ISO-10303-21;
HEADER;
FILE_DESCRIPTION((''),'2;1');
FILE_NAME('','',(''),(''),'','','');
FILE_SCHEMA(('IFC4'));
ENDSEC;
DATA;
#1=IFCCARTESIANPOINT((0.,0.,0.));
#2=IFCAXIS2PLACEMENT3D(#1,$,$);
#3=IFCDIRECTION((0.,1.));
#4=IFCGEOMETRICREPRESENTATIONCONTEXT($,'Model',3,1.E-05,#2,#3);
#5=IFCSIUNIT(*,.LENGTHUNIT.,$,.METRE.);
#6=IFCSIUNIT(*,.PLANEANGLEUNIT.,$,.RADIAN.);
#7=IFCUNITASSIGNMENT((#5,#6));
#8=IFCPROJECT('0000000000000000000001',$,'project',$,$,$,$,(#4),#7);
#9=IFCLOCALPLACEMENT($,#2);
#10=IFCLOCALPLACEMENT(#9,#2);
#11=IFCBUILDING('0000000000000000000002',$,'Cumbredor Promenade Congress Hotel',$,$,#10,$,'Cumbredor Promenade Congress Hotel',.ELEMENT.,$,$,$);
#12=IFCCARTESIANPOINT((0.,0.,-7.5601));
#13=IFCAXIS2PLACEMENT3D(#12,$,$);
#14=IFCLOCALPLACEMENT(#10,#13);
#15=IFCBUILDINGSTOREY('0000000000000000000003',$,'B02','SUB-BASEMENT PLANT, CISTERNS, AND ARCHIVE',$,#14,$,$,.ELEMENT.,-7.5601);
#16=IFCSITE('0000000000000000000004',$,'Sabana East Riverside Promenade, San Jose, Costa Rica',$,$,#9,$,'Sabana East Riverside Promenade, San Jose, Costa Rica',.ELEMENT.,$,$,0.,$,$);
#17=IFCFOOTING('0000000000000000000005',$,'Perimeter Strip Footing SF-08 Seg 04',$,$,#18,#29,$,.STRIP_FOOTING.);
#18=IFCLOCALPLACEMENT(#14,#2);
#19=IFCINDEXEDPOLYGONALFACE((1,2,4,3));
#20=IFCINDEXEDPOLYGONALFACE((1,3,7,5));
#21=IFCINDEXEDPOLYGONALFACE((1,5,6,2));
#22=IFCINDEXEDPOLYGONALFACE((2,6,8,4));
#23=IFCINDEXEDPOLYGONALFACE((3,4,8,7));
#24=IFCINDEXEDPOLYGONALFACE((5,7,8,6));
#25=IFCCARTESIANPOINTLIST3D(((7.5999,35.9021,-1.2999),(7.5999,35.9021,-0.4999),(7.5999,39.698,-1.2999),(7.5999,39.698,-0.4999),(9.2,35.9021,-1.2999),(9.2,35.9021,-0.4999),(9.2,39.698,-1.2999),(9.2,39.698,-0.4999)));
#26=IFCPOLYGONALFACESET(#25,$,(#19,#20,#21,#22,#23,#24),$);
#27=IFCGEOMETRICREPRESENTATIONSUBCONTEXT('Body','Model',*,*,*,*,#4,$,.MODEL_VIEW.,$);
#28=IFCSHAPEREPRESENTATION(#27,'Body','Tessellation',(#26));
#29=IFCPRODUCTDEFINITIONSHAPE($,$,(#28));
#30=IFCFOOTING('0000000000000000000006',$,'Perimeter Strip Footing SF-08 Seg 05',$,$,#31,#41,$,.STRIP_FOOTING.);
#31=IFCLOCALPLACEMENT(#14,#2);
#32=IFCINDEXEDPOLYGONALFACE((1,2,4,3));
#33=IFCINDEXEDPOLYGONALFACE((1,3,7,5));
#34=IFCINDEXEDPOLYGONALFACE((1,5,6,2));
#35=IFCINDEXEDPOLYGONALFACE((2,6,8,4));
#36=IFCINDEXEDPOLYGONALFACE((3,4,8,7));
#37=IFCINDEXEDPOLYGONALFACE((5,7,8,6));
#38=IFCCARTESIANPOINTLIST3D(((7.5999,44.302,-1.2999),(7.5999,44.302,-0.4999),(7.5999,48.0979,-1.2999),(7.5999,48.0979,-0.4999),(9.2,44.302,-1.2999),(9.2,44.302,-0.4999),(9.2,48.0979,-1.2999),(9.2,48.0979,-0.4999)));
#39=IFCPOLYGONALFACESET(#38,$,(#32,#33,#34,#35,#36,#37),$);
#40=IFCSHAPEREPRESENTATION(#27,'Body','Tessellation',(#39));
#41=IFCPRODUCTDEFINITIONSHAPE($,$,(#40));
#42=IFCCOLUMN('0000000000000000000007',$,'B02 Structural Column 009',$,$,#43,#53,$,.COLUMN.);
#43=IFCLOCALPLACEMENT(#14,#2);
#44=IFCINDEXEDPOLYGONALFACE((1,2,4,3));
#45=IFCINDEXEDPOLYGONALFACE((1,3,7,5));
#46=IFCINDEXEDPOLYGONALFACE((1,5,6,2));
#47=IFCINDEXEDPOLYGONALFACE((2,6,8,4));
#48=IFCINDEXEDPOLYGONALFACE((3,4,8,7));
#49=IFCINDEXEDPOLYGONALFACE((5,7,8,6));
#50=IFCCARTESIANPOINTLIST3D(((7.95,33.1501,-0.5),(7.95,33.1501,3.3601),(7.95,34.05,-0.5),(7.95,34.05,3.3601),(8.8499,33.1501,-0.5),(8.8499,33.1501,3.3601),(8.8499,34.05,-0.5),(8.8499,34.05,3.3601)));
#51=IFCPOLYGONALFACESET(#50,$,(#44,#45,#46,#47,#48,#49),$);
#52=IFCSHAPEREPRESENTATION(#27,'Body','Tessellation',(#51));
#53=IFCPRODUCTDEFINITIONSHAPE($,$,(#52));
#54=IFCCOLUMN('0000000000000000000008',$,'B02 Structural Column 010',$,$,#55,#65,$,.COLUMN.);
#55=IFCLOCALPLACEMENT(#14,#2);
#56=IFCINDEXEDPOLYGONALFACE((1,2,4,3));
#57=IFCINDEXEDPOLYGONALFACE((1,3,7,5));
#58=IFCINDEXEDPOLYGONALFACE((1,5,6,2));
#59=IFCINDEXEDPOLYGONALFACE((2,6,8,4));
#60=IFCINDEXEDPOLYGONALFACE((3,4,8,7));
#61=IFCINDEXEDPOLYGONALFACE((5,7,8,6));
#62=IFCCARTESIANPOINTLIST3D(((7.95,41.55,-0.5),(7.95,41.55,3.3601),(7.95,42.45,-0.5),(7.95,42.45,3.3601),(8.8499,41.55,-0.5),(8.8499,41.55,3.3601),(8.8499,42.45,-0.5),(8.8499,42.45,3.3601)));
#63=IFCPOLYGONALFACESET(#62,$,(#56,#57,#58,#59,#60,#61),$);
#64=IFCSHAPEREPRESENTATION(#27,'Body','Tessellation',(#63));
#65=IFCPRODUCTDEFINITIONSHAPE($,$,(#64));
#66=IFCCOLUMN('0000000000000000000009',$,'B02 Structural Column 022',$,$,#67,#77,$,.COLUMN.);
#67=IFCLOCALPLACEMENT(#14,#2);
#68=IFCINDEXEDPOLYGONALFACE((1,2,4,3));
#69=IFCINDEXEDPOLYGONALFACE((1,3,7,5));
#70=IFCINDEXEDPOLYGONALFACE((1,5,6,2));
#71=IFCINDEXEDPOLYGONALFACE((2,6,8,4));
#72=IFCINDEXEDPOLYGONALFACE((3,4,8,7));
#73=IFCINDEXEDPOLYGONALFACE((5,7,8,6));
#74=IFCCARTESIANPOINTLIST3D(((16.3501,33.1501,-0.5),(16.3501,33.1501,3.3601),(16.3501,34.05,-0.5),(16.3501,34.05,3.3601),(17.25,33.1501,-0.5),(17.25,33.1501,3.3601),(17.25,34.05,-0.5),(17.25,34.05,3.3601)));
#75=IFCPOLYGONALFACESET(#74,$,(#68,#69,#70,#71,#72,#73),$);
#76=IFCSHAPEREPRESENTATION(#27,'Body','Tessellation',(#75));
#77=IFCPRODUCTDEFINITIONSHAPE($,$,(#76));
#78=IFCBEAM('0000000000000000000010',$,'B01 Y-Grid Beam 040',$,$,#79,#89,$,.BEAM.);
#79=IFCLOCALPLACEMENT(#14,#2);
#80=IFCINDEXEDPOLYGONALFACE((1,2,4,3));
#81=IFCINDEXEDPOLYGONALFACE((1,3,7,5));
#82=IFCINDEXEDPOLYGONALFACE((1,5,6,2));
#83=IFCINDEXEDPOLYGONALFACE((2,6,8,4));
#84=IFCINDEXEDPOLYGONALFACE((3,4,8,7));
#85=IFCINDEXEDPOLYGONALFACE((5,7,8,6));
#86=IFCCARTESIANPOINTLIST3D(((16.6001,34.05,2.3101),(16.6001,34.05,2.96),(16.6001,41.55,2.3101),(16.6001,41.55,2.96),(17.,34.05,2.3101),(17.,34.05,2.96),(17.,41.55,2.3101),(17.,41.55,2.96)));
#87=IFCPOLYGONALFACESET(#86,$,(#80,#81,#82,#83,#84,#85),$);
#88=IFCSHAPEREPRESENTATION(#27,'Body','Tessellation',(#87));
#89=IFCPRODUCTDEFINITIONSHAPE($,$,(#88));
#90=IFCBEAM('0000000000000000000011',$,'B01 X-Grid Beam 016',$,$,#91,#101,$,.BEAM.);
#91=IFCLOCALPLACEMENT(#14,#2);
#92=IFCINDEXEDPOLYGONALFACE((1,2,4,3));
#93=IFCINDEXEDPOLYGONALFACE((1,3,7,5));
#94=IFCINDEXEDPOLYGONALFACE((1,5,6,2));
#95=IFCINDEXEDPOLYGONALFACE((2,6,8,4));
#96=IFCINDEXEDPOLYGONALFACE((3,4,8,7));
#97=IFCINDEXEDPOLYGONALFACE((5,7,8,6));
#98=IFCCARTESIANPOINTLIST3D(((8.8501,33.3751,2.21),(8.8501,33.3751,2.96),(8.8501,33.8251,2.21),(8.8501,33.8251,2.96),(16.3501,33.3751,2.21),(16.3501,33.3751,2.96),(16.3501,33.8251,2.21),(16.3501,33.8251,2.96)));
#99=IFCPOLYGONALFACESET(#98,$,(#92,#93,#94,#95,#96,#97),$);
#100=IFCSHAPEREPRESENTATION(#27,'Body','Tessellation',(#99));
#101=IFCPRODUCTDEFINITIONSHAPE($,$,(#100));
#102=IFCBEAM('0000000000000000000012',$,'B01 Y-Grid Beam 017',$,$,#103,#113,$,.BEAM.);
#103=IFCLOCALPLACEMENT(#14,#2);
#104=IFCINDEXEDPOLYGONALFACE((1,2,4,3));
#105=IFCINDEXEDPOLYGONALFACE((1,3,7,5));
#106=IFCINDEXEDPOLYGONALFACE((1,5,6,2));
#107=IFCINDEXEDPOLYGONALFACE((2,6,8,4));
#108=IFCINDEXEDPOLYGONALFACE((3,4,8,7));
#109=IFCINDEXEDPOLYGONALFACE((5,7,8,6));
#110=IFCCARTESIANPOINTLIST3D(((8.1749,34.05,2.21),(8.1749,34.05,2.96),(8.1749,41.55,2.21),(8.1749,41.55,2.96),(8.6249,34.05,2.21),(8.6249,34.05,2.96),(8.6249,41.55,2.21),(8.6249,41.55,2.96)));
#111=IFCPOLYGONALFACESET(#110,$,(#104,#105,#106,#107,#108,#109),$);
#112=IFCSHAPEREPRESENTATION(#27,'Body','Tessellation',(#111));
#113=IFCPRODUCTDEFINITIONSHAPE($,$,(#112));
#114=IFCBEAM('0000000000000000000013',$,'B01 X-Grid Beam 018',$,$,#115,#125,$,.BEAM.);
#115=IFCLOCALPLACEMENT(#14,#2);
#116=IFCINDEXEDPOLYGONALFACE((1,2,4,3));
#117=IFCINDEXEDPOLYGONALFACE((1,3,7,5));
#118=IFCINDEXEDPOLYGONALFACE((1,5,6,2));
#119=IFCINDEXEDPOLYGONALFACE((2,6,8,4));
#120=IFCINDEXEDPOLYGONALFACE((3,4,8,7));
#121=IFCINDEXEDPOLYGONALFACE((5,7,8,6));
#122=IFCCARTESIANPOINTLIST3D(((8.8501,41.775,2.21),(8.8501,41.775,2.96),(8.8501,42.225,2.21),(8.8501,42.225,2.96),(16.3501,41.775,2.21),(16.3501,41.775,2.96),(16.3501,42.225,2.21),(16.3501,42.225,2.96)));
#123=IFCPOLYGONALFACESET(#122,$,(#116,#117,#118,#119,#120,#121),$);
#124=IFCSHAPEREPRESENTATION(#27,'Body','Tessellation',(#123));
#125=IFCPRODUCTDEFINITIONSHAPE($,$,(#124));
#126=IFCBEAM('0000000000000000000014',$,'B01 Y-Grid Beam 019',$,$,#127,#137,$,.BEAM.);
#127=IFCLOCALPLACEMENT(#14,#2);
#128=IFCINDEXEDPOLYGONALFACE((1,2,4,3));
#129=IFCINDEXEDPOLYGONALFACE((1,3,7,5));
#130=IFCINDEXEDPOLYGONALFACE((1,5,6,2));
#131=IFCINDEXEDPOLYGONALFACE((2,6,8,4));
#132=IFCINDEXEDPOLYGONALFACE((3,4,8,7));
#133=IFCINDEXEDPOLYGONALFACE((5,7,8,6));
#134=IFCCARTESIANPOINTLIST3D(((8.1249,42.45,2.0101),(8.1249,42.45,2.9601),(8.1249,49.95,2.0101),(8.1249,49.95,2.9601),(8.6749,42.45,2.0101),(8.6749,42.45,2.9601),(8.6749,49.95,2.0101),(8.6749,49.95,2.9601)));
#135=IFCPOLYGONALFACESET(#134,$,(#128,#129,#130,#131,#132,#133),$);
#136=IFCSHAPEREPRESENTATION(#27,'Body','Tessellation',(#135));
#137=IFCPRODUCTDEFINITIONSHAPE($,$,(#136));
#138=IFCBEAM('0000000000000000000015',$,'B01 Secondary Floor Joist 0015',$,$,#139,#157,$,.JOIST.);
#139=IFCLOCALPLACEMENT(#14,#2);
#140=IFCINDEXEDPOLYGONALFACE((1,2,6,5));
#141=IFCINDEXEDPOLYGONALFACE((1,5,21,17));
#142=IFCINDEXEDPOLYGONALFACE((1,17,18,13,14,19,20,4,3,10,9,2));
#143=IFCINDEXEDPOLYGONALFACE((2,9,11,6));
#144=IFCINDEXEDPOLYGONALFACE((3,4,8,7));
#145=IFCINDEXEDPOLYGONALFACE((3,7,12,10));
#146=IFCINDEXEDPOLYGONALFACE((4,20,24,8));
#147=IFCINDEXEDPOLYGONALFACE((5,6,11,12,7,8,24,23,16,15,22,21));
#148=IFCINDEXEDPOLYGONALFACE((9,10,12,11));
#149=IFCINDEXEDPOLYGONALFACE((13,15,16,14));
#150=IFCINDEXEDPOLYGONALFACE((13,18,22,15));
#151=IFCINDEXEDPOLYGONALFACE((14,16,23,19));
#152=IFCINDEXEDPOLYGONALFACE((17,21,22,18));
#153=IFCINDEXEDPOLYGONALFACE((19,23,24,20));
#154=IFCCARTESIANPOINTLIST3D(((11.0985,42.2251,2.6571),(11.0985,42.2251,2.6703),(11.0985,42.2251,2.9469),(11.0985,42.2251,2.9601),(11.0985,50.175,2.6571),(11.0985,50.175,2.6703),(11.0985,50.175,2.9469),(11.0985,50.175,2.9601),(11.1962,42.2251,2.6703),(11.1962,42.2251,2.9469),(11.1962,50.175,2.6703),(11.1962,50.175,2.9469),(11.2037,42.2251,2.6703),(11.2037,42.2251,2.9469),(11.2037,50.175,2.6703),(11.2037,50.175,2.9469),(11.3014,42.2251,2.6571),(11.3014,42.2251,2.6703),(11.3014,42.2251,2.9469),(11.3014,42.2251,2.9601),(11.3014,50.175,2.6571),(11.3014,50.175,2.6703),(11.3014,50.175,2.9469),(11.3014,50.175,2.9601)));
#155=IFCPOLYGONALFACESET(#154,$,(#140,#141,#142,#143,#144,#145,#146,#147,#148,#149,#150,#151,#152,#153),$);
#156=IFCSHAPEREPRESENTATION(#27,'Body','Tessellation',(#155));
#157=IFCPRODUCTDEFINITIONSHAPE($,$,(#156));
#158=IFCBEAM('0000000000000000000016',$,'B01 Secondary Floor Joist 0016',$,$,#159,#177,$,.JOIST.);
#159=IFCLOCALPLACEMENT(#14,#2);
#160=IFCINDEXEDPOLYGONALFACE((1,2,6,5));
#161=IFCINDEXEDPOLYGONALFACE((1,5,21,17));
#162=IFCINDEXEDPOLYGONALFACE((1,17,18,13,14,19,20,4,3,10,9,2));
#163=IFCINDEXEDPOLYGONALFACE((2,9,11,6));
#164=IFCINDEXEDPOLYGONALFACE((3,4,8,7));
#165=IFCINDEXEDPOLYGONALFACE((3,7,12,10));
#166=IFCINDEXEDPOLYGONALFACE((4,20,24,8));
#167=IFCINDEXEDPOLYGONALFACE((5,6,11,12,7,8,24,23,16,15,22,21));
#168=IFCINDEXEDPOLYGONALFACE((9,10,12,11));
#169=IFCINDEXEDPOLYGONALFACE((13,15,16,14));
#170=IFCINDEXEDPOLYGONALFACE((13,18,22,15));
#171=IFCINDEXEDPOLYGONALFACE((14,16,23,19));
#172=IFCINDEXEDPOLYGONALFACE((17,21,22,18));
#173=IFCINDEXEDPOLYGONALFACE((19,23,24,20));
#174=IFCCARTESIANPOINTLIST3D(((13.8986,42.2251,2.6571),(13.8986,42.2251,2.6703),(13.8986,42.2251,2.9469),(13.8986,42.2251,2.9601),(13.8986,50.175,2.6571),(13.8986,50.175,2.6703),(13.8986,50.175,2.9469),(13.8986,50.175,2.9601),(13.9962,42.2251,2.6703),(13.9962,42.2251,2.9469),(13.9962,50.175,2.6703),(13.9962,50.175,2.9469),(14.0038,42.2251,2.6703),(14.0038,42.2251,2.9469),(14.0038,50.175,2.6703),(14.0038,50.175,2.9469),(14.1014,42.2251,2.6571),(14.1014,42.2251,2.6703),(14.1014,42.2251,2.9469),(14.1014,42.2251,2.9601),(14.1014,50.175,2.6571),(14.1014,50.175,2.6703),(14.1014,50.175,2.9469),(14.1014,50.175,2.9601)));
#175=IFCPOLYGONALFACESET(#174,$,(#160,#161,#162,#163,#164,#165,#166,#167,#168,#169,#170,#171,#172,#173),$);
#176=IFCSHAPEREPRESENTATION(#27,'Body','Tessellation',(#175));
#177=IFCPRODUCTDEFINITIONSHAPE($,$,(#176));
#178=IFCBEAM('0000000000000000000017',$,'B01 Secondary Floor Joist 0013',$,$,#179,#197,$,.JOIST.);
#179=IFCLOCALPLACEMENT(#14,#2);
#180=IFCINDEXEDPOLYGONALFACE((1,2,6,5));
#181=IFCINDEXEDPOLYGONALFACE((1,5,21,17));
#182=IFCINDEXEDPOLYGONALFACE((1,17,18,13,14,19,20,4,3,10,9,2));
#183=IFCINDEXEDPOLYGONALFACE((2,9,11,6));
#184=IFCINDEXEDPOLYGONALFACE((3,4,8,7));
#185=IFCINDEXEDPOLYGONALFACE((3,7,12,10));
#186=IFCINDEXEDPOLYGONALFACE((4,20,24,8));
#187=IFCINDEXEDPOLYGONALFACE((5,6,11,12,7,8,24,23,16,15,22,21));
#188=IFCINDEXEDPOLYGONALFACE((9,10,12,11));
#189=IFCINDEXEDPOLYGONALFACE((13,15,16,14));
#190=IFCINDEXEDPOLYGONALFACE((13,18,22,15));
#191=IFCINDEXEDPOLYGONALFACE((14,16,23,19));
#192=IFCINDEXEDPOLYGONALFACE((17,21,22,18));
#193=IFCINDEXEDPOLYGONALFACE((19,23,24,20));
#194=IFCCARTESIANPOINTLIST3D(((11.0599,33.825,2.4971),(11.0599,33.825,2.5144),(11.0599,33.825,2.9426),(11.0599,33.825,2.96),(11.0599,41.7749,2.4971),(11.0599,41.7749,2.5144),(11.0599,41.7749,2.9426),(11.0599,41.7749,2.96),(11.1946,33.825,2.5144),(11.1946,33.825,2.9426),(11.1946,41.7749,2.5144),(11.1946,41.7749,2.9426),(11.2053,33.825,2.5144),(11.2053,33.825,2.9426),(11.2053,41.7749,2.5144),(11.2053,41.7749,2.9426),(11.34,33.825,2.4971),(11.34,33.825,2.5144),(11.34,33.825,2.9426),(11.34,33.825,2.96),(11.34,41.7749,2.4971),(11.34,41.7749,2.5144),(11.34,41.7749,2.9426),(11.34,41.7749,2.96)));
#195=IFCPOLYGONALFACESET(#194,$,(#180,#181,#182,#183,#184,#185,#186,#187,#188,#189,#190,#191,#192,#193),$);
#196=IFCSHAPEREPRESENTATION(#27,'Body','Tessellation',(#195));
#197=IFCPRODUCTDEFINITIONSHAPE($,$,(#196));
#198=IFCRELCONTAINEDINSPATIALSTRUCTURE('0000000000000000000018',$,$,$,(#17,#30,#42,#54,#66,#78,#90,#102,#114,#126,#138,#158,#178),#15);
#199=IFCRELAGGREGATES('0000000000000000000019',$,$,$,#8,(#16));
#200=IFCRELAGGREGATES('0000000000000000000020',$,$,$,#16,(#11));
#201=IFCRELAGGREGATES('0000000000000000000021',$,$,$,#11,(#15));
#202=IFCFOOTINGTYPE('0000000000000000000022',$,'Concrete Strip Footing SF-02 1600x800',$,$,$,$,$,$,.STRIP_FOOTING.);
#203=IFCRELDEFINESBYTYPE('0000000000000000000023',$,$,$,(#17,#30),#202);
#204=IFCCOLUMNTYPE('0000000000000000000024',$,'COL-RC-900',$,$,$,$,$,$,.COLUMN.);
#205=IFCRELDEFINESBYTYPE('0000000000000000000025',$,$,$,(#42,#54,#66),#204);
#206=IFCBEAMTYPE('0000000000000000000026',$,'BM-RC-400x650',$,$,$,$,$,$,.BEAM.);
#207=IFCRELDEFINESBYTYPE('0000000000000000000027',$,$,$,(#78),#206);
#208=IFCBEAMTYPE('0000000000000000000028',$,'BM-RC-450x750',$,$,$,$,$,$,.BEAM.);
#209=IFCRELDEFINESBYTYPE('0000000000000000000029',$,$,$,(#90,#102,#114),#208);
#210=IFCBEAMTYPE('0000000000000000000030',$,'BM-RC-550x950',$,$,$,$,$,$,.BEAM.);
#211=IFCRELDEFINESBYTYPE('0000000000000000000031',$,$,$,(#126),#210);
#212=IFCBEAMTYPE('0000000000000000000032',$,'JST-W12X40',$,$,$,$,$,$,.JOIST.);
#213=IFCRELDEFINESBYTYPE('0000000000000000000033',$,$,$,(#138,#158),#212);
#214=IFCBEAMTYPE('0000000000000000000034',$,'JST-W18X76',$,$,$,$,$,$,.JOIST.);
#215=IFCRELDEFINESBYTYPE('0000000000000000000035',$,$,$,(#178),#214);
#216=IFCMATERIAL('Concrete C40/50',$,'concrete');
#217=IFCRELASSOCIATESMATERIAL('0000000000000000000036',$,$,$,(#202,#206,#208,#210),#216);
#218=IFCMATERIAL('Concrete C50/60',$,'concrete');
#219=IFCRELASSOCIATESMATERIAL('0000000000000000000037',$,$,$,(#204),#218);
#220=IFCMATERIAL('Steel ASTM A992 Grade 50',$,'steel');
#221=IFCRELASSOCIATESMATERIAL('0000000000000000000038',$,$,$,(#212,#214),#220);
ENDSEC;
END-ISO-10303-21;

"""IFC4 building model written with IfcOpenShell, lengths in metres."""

from ifc_helpers import new_model, si_unit, direction, frame, origin, origin_2d, place, context, subcontext, project, spatial, rectangle, i_section, extrude, material, material_profile, profile_set, type_object, element, save


model = new_model("IFC4")

# Units and contexts
model_context = context("Model", 3, precision=1e-05, world=origin(), true_north=direction((0.0, 1.0)))
body_context = subcontext(model_context, "Body", "Model", "MODEL_VIEW")
ifc_project = project(units=[si_unit("LENGTHUNIT", "METRE"), si_unit("PLANEANGLEUNIT", "RADIAN")], contexts=[model_context])

# Site, building, storey
site_placement = place(None, origin())
site = spatial("IfcSite", under=ifc_project, at=site_placement, Name="Sabana East Riverside Promenade, San Jose, Costa Rica", LongName="Sabana East Riverside Promenade, San Jose, Costa Rica", CompositionType="ELEMENT", RefElevation=0.0)
building_placement = place(site_placement, origin())
building = spatial("IfcBuilding", under=site, at=building_placement, Name="Cumbredor Promenade Congress Hotel", LongName="Cumbredor Promenade Congress Hotel", CompositionType="ELEMENT")
storey_placement = place(building_placement, frame((0.0, 0.0, -7.5601)))
storey = spatial("IfcBuildingStorey", under=building, at=storey_placement, Name="B02", Description="SUB-BASEMENT PLANT, CISTERNS, AND ARCHIVE", CompositionType="ELEMENT", Elevation=-7.5601)

# Shared definitions
ifc_material_1 = material(Name="Concrete C40/50", Category="concrete")

# Footings
ifc_material_profile_1 = material_profile(ifc_material_1, rectangle(XDim=1.6001, YDim=0.8, at=origin_2d()), Name="SF 1600x800")
ifc_profile_set_1 = profile_set([ifc_material_profile_1], Name="Concrete C40/50")
footing_type_1 = type_object("IfcFootingType", Name="Concrete Strip Footing SF-02 1600x800", PredefinedType="STRIP_FOOTING", material=ifc_profile_set_1)
for number, where, z_axis, x_axis, name in (
    (1, (8.3999, 35.9021, -0.8999), (0.0, 1.0, 0.0), (-1.0, 0.0, 0.0), "Perimeter Strip Footing SF-08 Seg 04"),
    (2, (8.3999, 44.302, -0.8999), (0.0, 1.0, 0.0), (-1.0, 0.0, 0.0), "Perimeter Strip Footing SF-08 Seg 05"),
):
    element("IfcFooting", number, at=place(storey_placement, frame(where, z_axis=z_axis, x_axis=x_axis)), inside=storey, type_object=footing_type_1, Name=name, PredefinedType="STRIP_FOOTING", context=body_context, shape_type="SweptSolid", body=[
        extrude(rectangle(XDim=1.6001, YDim=0.8, at=origin_2d()), origin(), (0.0, 0.0, 1.0), 3.7959),
    ])

# Columns
ifc_material_2 = material(Name="Concrete C50/60", Category="concrete")
ifc_material_profile_2 = material_profile(ifc_material_2, rectangle(XDim=0.8999, YDim=0.8999, at=origin_2d()), Name="RC 900x900")
ifc_profile_set_2 = profile_set([ifc_material_profile_2], Name="Concrete C50/60")
column_type = type_object("IfcColumnType", Name="COL-RC-900", PredefinedType="COLUMN", material=ifc_profile_set_2)
for number, where, z_axis, x_axis, name in (
    (3, (8.3999, 33.6001, -0.5), (0.0, 0.0, 1.0), (1.0, 0.0, 0.0), "B02 Structural Column 009"),
    (4, (8.3999, 42.0, -0.5), (0.0, 0.0, 1.0), (1.0, 0.0, 0.0), "B02 Structural Column 010"),
    (5, (16.8, 33.6001, -0.5), (0.0, 0.0, 1.0), (1.0, 0.0, 0.0), "B02 Structural Column 022"),
):
    element("IfcColumn", number, at=place(storey_placement, frame(where, z_axis=z_axis, x_axis=x_axis)), inside=storey, type_object=column_type, Name=name, PredefinedType="COLUMN", context=body_context, shape_type="SweptSolid", body=[
        extrude(rectangle(XDim=0.8999, YDim=0.8999, at=origin_2d()), origin(), (0.0, 0.0, 1.0), 3.8601),
    ])

# Beams
ifc_material_profile_3 = material_profile(ifc_material_1, rectangle(XDim=0.3999, YDim=0.6499, at=origin_2d()), Name="RC BEAM 400x650")
ifc_profile_set_3 = profile_set([ifc_material_profile_3], Name="Concrete C40/50")
beam_type_1 = type_object("IfcBeamType", Name="BM-RC-400x650", PredefinedType="BEAM", material=ifc_profile_set_3)
beam_1_placement = place(storey_placement, frame((16.8, 34.05, 2.635), z_axis=(0.0, 1.0, 0.0), x_axis=(-1.0, 0.0, 0.0)))
element("IfcBeam", 6, at=beam_1_placement, inside=storey, type_object=beam_type_1, Name="B01 Y-Grid Beam 040", PredefinedType="BEAM", context=body_context, shape_type="SweptSolid", body=[
    extrude(rectangle(XDim=0.3999, YDim=0.6499, at=origin_2d()), origin(), (0.0, 0.0, 1.0), 7.5),
])
ifc_material_profile_4 = material_profile(ifc_material_1, rectangle(XDim=0.45, YDim=0.75, at=origin_2d()), Name="RC BEAM 450x750")
ifc_profile_set_4 = profile_set([ifc_material_profile_4], Name="Concrete C40/50")
beam_type_2 = type_object("IfcBeamType", Name="BM-RC-450x750", PredefinedType="BEAM", material=ifc_profile_set_4)
for number, where, z_axis, x_axis, name in (
    (7, (8.8501, 33.6001, 2.585), (1.0, 0.0, 0.0), (0.0, 1.0, 0.0), "B01 X-Grid Beam 016"),
    (8, (8.3999, 34.05, 2.585), (0.0, 1.0, 0.0), (-1.0, 0.0, 0.0), "B01 Y-Grid Beam 017"),
    (9, (8.8501, 42.0, 2.585), (1.0, 0.0, 0.0), (0.0, 1.0, 0.0), "B01 X-Grid Beam 018"),
):
    element("IfcBeam", number, at=place(storey_placement, frame(where, z_axis=z_axis, x_axis=x_axis)), inside=storey, type_object=beam_type_2, Name=name, PredefinedType="BEAM", context=body_context, shape_type="SweptSolid", body=[
        extrude(rectangle(XDim=0.45, YDim=0.75, at=origin_2d()), origin(), (0.0, 0.0, 1.0), 7.5),
    ])
ifc_material_profile_5 = material_profile(ifc_material_1, rectangle(XDim=0.55, YDim=0.95, at=origin_2d()), Name="RC BEAM 550x950")
ifc_profile_set_5 = profile_set([ifc_material_profile_5], Name="Concrete C40/50")
beam_type_3 = type_object("IfcBeamType", Name="BM-RC-550x950", PredefinedType="BEAM", material=ifc_profile_set_5)
beam_2_placement = place(storey_placement, frame((8.3999, 42.45, 2.4851), z_axis=(0.0, 1.0, 0.0), x_axis=(-1.0, 0.0, 0.0)))
element("IfcBeam", 10, at=beam_2_placement, inside=storey, type_object=beam_type_3, Name="B01 Y-Grid Beam 019", PredefinedType="BEAM", context=body_context, shape_type="SweptSolid", body=[
    extrude(rectangle(XDim=0.55, YDim=0.95, at=origin_2d()), origin(), (0.0, 0.0, 1.0), 7.5),
])
ifc_material_3 = material(Name="Steel ASTM A992 Grade 50", Category="steel")
ifc_material_profile_6 = material_profile(ifc_material_3, i_section(OverallWidth=0.2029, OverallDepth=0.303, WebThickness=0.0076, FlangeThickness=0.0132, at=origin_2d()), Name="W12X40")
ifc_profile_set_6 = profile_set([ifc_material_profile_6], Name="Steel ASTM A992 Grade 50")
beam_type_4 = type_object("IfcBeamType", Name="JST-W12X40", PredefinedType="JOIST", material=ifc_profile_set_6)
for number, where, z_axis, x_axis, name in (
    (11, (11.2, 42.2251, 2.8086), (0.0, 1.0, 0.0), (-1.0, 0.0, 0.0), "B01 Secondary Floor Joist 0015"),
    (12, (14.0, 42.2251, 2.8086), (0.0, 1.0, 0.0), (-1.0, 0.0, 0.0), "B01 Secondary Floor Joist 0016"),
):
    element("IfcBeam", number, at=place(storey_placement, frame(where, z_axis=z_axis, x_axis=x_axis)), inside=storey, type_object=beam_type_4, Name=name, PredefinedType="JOIST", context=body_context, shape_type="SweptSolid", body=[
        extrude(i_section(OverallWidth=0.2029, OverallDepth=0.303, WebThickness=0.0076, FlangeThickness=0.0132, at=origin_2d()), origin(), (0.0, 0.0, 1.0), 7.95),
    ])
ifc_material_profile_7 = material_profile(ifc_material_3, i_section(OverallWidth=0.28, OverallDepth=0.4629, WebThickness=0.0107, FlangeThickness=0.0173, at=origin_2d()), Name="W18X76")
ifc_profile_set_7 = profile_set([ifc_material_profile_7], Name="Steel ASTM A992 Grade 50")
beam_type_5 = type_object("IfcBeamType", Name="JST-W18X76", PredefinedType="JOIST", material=ifc_profile_set_7)
for number, where, z_axis, x_axis, name in (
    (13, (11.2, 33.825, 2.7285), (0.0, 1.0, 0.0), (-1.0, 0.0, 0.0), "B01 Secondary Floor Joist 0013"),
):
    element("IfcBeam", number, at=place(storey_placement, frame(where, z_axis=z_axis, x_axis=x_axis)), inside=storey, type_object=beam_type_5, Name=name, PredefinedType="JOIST", context=body_context, shape_type="SweptSolid", body=[
        extrude(i_section(OverallWidth=0.28, OverallDepth=0.4629, WebThickness=0.0107, FlangeThickness=0.0173, at=origin_2d()), origin(), (0.0, 0.0, 1.0), 7.95),
    ])

save(model, "model.ifc")
